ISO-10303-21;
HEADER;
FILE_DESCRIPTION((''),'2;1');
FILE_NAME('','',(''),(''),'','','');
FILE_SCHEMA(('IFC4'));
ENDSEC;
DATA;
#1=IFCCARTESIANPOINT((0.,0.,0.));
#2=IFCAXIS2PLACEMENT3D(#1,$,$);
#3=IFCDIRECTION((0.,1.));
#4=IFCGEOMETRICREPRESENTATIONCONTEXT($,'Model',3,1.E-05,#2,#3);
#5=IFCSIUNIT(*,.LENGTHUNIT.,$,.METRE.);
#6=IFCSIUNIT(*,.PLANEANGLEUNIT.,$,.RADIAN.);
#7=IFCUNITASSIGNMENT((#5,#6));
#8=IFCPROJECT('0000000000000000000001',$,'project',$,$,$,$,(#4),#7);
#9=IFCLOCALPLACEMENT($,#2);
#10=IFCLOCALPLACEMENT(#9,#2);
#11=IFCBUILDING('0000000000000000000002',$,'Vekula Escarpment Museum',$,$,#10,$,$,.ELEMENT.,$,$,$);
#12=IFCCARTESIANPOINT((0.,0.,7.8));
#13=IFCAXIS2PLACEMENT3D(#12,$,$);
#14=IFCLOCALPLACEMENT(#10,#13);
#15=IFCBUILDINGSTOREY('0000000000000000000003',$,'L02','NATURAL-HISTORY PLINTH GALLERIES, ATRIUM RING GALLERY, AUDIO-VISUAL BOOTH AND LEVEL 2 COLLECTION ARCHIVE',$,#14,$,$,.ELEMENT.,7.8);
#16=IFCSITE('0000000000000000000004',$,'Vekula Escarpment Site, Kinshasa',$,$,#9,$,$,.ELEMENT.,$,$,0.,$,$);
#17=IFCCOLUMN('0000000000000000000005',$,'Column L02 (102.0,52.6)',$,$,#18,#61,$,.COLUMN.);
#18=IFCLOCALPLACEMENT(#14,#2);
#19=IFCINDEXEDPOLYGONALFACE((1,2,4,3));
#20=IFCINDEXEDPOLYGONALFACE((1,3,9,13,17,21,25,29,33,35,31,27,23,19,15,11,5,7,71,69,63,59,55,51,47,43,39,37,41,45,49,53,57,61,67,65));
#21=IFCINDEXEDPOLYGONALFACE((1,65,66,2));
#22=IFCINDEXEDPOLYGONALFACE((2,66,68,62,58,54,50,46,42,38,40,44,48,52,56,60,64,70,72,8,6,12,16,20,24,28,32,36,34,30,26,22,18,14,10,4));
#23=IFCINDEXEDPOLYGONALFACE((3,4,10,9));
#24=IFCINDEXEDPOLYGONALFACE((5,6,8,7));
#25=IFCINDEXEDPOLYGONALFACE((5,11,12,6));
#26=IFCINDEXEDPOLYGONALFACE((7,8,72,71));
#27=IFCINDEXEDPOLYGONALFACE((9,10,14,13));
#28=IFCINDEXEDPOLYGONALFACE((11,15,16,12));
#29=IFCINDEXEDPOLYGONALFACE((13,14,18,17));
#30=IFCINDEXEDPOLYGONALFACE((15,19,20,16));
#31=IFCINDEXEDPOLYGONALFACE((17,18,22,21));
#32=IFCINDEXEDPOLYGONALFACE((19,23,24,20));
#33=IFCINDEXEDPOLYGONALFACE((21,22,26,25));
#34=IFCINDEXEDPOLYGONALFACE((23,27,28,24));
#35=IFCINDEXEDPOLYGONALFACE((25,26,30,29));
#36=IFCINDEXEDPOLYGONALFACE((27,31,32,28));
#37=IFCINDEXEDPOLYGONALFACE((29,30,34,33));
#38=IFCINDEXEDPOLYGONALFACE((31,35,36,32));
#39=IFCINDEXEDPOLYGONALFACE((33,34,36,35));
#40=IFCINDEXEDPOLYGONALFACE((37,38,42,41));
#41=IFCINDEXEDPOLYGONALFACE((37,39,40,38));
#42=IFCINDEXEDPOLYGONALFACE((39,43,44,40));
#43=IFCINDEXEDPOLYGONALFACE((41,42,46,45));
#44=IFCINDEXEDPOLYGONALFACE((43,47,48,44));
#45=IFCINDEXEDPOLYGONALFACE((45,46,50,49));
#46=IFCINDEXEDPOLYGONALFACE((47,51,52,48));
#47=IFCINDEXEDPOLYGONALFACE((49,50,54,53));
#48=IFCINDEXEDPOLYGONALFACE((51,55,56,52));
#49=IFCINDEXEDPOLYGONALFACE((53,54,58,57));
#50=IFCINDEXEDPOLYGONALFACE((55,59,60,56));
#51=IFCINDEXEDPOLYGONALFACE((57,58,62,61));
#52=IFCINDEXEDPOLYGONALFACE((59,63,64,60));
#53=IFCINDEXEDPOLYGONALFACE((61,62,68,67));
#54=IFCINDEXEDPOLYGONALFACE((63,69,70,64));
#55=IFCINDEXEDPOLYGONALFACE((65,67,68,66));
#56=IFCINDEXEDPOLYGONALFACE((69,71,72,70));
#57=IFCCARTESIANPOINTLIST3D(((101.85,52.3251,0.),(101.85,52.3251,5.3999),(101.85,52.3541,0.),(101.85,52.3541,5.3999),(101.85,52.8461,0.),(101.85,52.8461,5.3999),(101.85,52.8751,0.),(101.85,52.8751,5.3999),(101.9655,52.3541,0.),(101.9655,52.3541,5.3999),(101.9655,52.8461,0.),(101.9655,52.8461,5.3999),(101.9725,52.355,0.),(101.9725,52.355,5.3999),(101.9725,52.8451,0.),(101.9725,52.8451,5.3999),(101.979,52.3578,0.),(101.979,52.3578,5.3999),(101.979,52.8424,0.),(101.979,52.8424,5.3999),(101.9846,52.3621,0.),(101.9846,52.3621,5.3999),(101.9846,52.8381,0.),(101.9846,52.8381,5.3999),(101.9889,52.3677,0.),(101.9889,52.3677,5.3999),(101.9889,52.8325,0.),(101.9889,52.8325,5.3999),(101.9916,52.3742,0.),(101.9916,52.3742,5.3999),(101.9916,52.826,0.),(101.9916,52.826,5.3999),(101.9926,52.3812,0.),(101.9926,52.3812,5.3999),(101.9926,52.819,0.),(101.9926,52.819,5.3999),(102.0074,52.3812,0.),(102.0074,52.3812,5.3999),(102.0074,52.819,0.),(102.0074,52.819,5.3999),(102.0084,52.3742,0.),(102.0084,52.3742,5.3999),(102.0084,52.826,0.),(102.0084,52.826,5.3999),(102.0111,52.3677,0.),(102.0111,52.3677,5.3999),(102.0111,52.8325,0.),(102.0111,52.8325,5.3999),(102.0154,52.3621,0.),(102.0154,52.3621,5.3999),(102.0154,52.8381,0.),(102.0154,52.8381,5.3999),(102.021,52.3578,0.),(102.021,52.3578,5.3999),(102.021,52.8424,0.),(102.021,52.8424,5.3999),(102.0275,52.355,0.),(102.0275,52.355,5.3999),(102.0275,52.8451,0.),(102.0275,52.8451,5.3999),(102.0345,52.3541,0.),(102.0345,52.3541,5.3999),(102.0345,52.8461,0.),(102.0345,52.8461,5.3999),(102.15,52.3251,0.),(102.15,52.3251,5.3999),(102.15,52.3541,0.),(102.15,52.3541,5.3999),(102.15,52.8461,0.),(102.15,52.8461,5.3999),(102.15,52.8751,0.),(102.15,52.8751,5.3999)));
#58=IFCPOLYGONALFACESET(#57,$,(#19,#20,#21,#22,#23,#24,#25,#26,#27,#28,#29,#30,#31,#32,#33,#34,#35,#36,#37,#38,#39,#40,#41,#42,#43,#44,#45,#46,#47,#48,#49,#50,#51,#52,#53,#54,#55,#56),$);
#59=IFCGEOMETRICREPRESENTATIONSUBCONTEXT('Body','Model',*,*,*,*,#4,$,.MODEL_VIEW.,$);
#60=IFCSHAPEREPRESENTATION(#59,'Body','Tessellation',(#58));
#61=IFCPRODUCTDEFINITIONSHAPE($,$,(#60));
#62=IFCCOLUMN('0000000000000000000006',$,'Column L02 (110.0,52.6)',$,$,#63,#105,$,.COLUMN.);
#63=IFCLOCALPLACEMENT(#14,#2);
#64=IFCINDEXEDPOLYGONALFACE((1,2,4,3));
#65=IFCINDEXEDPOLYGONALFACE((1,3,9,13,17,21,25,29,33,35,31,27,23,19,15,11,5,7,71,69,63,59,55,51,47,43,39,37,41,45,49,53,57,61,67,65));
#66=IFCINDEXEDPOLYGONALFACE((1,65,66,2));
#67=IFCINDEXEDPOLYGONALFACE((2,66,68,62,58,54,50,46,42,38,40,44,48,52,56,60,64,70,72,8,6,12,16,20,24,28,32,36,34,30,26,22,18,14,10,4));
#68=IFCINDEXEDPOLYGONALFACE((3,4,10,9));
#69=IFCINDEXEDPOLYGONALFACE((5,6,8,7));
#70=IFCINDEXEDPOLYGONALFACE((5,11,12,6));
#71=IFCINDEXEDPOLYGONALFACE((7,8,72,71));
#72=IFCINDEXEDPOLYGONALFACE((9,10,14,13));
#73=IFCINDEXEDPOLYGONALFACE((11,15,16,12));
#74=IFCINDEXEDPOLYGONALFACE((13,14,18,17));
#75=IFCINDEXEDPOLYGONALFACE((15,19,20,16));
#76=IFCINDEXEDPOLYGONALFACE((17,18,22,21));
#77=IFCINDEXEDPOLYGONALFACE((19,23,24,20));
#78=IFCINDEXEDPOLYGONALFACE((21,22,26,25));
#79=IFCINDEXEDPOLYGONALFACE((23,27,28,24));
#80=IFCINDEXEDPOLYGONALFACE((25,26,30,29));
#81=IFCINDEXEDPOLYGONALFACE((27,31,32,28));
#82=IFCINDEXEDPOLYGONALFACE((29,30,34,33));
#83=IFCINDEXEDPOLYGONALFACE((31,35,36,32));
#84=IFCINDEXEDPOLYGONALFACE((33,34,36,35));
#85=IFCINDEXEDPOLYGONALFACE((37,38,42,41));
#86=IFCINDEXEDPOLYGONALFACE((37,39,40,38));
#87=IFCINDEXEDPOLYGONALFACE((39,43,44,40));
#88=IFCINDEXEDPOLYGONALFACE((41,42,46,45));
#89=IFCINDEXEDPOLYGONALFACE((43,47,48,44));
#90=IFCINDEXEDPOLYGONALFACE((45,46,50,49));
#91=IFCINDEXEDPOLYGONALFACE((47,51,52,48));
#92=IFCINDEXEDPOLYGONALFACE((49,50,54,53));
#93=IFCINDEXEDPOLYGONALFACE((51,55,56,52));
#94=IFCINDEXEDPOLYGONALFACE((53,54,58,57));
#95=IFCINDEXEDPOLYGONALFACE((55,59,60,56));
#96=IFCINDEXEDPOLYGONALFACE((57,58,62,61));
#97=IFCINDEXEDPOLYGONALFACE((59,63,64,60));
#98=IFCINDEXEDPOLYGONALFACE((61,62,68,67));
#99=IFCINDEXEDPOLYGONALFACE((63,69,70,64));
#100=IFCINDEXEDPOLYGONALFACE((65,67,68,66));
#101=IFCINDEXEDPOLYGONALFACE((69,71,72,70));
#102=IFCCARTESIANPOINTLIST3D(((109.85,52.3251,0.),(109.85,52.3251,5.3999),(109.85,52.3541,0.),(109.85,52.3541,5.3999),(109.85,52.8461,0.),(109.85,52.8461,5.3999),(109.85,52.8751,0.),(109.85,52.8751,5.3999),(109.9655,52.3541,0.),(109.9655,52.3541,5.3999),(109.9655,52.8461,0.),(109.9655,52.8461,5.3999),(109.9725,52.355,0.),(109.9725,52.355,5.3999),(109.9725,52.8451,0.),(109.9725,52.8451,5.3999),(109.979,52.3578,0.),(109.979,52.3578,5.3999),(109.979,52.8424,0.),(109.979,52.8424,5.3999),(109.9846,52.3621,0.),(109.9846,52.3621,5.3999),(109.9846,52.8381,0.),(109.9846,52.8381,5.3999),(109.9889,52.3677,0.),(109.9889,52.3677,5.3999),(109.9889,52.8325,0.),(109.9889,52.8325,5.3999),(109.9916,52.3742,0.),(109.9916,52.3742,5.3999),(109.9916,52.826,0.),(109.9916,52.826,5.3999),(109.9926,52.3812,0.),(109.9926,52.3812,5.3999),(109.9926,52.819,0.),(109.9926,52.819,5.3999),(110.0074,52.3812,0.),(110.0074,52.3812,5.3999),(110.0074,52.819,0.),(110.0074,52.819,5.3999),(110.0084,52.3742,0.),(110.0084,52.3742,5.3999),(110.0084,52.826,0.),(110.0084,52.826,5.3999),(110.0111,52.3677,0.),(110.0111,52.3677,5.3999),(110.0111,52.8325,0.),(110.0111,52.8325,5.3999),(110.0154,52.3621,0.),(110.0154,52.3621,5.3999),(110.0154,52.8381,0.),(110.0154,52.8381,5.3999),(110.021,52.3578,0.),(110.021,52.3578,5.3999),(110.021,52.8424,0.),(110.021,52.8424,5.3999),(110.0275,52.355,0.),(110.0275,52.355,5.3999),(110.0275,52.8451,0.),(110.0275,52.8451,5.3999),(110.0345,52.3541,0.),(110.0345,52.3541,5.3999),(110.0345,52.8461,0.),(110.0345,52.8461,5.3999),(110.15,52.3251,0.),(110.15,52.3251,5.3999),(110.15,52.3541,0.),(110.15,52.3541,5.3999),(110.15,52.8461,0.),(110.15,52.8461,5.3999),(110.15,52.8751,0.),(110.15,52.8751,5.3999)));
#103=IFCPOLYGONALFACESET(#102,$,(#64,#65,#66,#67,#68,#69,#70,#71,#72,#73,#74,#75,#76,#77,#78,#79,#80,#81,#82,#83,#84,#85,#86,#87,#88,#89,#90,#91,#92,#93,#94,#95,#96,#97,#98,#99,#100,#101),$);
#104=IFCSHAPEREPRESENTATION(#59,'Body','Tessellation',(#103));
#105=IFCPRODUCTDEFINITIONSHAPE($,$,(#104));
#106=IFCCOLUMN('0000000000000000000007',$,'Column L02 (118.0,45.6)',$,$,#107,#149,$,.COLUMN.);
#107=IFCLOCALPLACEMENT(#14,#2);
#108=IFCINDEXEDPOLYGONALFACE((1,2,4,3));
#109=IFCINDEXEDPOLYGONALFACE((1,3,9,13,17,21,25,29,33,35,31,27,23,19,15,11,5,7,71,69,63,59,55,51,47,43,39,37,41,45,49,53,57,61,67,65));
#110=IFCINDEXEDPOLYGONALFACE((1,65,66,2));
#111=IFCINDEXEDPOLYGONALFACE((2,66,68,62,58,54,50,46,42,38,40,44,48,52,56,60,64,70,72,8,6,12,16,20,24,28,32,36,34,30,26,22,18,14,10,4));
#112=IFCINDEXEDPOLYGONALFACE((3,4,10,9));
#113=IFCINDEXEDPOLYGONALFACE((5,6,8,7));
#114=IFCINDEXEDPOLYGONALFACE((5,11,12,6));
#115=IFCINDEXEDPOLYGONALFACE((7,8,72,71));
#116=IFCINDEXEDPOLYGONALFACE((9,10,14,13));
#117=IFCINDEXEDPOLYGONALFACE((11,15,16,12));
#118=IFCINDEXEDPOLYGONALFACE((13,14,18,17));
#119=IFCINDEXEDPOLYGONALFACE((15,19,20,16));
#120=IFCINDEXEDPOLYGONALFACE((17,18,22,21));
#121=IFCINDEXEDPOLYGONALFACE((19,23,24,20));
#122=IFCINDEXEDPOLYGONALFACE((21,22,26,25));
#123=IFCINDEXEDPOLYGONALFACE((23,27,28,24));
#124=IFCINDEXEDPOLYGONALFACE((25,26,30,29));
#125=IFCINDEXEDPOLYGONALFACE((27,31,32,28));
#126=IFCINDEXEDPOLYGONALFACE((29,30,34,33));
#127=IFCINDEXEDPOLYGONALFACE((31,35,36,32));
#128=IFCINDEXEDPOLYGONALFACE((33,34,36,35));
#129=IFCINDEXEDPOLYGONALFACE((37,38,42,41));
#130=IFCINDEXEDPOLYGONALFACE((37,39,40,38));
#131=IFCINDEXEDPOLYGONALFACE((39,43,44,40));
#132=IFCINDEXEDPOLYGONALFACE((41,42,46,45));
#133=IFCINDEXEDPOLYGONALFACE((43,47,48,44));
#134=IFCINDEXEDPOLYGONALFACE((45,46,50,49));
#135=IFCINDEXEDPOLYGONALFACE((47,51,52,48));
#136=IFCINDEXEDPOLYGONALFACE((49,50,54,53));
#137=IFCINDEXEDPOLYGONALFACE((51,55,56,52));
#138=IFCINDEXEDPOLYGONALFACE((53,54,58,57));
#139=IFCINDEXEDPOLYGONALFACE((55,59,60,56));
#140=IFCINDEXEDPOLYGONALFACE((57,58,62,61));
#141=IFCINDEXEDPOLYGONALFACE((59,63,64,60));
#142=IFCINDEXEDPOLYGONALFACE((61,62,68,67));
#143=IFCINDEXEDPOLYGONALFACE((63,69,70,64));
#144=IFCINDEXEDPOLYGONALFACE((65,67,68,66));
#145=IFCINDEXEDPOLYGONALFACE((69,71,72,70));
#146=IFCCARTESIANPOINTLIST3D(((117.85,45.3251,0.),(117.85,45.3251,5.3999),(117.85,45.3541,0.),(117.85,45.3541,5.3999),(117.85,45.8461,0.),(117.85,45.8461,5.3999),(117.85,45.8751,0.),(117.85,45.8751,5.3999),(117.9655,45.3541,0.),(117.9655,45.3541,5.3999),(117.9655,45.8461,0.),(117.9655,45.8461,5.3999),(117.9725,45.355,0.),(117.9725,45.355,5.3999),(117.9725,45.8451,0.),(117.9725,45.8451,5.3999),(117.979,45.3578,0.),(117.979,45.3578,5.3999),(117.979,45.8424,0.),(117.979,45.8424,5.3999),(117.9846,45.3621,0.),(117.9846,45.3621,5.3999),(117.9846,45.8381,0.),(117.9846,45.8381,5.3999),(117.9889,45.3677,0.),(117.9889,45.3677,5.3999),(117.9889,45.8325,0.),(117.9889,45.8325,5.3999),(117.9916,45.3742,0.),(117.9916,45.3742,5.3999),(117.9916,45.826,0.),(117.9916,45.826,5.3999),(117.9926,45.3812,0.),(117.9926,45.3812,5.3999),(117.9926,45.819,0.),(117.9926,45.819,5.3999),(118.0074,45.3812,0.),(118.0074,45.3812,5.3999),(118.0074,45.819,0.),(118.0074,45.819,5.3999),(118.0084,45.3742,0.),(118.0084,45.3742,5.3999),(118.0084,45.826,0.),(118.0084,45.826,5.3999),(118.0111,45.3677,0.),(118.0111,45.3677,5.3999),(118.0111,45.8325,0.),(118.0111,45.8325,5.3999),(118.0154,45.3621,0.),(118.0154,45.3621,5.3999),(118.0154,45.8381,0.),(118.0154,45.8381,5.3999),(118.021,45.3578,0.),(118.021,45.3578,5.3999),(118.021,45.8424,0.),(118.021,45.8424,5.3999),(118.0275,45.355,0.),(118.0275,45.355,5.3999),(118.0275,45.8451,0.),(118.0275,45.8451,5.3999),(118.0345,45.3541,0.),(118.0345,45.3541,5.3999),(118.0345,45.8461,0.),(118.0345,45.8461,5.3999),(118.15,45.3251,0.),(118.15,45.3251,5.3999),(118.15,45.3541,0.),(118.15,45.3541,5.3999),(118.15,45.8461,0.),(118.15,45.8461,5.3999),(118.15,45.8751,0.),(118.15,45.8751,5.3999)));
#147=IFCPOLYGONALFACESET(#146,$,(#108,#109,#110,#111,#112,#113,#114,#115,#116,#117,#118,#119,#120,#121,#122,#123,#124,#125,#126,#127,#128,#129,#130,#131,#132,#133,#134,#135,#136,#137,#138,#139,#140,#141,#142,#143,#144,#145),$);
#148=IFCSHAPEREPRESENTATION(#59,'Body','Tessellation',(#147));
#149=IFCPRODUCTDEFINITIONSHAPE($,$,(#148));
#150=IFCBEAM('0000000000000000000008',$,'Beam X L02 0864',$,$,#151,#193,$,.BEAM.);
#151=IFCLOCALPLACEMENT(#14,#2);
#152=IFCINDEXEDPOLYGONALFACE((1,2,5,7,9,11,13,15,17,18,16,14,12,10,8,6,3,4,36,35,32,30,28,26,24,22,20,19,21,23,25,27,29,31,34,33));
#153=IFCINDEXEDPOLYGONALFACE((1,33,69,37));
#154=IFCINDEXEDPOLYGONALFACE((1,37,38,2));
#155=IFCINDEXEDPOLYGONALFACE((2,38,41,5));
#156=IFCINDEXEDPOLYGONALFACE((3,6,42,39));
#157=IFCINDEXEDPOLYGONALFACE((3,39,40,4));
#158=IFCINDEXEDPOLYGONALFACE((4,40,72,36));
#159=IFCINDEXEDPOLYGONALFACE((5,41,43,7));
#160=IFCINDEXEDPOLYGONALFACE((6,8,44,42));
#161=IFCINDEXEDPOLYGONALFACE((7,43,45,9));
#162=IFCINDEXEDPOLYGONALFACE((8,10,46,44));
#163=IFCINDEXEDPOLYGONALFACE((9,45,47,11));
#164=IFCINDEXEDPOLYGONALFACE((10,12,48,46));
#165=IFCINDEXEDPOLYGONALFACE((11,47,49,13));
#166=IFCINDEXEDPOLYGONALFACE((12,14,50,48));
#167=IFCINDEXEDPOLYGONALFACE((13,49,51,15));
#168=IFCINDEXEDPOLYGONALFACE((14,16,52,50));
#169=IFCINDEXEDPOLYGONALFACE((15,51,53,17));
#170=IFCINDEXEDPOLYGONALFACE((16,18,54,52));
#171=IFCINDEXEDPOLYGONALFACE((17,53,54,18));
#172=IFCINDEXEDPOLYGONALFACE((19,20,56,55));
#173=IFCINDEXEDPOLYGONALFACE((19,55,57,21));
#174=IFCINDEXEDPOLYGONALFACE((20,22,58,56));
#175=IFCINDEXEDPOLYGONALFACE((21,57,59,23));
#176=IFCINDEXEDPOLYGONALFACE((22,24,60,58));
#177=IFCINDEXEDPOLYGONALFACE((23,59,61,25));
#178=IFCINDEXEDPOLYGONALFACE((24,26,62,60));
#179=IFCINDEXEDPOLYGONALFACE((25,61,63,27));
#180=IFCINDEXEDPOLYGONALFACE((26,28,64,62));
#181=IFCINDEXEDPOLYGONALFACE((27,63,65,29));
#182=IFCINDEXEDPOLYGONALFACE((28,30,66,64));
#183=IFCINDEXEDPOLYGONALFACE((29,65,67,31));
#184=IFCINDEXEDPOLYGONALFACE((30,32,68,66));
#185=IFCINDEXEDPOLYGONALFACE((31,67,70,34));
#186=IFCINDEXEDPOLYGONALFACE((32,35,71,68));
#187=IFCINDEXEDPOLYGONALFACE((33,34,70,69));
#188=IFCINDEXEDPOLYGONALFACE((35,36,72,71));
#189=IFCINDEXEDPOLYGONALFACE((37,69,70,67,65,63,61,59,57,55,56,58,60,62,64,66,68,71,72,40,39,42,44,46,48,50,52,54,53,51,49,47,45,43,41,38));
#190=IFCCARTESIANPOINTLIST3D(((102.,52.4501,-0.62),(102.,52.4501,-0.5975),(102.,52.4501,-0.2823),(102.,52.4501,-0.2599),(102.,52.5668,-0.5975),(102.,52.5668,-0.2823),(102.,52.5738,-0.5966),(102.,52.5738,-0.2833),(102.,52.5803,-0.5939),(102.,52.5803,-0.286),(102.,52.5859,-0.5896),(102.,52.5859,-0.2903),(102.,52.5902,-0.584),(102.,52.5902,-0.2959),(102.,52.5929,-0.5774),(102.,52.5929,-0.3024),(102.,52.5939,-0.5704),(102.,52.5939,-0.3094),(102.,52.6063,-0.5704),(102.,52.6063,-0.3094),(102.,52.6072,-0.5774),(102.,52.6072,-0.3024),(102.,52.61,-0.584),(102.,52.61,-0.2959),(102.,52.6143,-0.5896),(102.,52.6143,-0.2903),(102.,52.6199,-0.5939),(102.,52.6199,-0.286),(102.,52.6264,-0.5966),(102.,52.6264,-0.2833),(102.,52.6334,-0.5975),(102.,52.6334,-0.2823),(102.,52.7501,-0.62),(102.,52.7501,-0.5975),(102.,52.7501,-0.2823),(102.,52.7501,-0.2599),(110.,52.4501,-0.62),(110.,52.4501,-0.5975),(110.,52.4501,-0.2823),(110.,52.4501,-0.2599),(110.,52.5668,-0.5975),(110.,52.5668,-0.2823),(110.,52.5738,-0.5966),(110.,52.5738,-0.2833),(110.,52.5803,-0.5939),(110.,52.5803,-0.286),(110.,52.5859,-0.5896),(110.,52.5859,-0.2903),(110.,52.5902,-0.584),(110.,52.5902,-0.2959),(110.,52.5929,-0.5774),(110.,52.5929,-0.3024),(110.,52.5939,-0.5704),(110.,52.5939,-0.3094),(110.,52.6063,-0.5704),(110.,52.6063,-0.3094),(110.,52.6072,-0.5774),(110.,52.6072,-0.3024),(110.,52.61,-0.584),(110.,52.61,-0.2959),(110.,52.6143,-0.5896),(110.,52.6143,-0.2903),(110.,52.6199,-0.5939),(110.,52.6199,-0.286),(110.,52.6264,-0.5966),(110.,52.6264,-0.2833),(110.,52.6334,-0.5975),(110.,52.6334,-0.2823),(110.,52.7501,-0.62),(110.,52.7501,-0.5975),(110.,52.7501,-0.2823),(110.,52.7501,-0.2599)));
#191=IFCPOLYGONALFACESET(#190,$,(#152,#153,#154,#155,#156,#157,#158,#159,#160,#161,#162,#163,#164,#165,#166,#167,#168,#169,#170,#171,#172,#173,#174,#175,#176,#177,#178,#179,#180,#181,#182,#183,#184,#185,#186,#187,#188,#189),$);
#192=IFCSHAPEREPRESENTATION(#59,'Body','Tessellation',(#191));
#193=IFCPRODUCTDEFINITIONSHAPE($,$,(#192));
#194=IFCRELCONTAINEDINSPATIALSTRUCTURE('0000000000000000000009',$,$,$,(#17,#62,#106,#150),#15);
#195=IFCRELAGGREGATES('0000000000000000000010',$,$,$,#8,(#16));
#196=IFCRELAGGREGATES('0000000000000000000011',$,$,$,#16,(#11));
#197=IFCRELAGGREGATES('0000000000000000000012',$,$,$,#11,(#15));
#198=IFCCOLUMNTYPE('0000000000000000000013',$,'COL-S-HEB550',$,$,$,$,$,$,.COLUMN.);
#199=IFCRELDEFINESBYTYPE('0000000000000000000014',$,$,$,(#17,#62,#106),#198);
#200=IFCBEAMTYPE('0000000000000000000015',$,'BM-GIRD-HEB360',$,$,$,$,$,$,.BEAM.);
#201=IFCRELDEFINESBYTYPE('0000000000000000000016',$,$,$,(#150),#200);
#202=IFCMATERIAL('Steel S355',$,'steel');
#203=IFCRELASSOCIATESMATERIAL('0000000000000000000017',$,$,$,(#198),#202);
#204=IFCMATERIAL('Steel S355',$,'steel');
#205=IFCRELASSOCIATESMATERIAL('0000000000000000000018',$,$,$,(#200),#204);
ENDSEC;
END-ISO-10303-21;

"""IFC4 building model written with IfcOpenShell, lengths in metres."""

from ifc_helpers import new_model, si_unit, direction, frame, origin, origin_2d, place, context, subcontext, project, spatial, i_section, extrude, material, material_profile, profile_set, type_object, element, save


model = new_model("IFC4")

# Units and contexts
model_context = context("Model", 3, precision=1e-05, world=origin(), true_north=direction((0.0, 1.0)))
body_context = subcontext(model_context, "Body", "Model", "MODEL_VIEW")
ifc_project = project(units=[si_unit("LENGTHUNIT", "METRE"), si_unit("PLANEANGLEUNIT", "RADIAN")], contexts=[model_context])

# Site, building, storey
site_placement = place(None, origin())
site = spatial("IfcSite", under=ifc_project, at=site_placement, Name="Vekula Escarpment Site, Kinshasa", CompositionType="ELEMENT", RefElevation=0.0)
building_placement = place(site_placement, origin())
building = spatial("IfcBuilding", under=site, at=building_placement, Name="Vekula Escarpment Museum", CompositionType="ELEMENT")
storey_placement = place(building_placement, frame((0.0, 0.0, 7.8)))
storey = spatial("IfcBuildingStorey", under=building, at=storey_placement, Name="L02", Description="NATURAL-HISTORY PLINTH GALLERIES, ATRIUM RING GALLERY, AUDIO-VISUAL BOOTH AND LEVEL 2 COLLECTION ARCHIVE", CompositionType="ELEMENT", Elevation=7.8)

# Columns
ifc_material_1 = material(Name="Steel S355", Category="steel")
ifc_material_profile_1 = material_profile(ifc_material_1, i_section(OverallWidth=0.3, OverallDepth=0.55, WebThickness=0.0149, FlangeThickness=0.0291, FilletRadius=0.0271, at=origin_2d()), Name="HEB 550")
ifc_profile_set_1 = profile_set([ifc_material_profile_1], Name="Steel S355")
column_type = type_object("IfcColumnType", Name="COL-S-HEB550", PredefinedType="COLUMN", material=ifc_profile_set_1)
for number, where, z_axis, x_axis, name in (
    (1, (102.0, 52.6001, 0.0), (0.0, 0.0, 1.0), (1.0, 0.0, 0.0), "Column L02 (102.0,52.6)"),
    (2, (110.0, 52.6001, 0.0), (0.0, 0.0, 1.0), (1.0, 0.0, 0.0), "Column L02 (110.0,52.6)"),
    (3, (118.0, 45.6001, 0.0), (0.0, 0.0, 1.0), (1.0, 0.0, 0.0), "Column L02 (118.0,45.6)"),
):
    element("IfcColumn", number, at=place(storey_placement, frame(where, z_axis=z_axis, x_axis=x_axis)), inside=storey, type_object=column_type, Name=name, PredefinedType="COLUMN", context=body_context, shape_type="SweptSolid", body=[
        extrude(i_section(OverallWidth=0.3, OverallDepth=0.55, WebThickness=0.0149, FlangeThickness=0.0291, FilletRadius=0.0271, at=origin_2d()), origin(), (0.0, 0.0, 1.0), 5.3999),
    ])

# Beam
ifc_material_2 = material(Name="Steel S355", Category="steel")
ifc_material_profile_2 = material_profile(ifc_material_2, i_section(OverallWidth=0.3, OverallDepth=0.3601, WebThickness=0.0125, FlangeThickness=0.0225, FilletRadius=0.0271, at=origin_2d()), Name="HEB 360")
ifc_profile_set_2 = profile_set([ifc_material_profile_2], Name="Steel S355")
beam_type_1 = type_object("IfcBeamType", Name="BM-GIRD-HEB360", PredefinedType="BEAM", material=ifc_profile_set_2)
beam_1_placement = place(storey_placement, frame((102.0, 52.6001, -0.4399), z_axis=(1.0, 0.0, 0.0), x_axis=(0.0, 1.0, 0.0)))
element("IfcBeam", 4, at=beam_1_placement, inside=storey, type_object=beam_type_1, Name="Beam X L02 0864", PredefinedType="BEAM", context=body_context, shape_type="SweptSolid", body=[
    extrude(i_section(OverallWidth=0.3, OverallDepth=0.3601, WebThickness=0.0125, FlangeThickness=0.0225, FilletRadius=0.0271, at=origin_2d()), origin(), (0.0, 0.0, 1.0), 8.0),
])

save(model, "model.ifc")
